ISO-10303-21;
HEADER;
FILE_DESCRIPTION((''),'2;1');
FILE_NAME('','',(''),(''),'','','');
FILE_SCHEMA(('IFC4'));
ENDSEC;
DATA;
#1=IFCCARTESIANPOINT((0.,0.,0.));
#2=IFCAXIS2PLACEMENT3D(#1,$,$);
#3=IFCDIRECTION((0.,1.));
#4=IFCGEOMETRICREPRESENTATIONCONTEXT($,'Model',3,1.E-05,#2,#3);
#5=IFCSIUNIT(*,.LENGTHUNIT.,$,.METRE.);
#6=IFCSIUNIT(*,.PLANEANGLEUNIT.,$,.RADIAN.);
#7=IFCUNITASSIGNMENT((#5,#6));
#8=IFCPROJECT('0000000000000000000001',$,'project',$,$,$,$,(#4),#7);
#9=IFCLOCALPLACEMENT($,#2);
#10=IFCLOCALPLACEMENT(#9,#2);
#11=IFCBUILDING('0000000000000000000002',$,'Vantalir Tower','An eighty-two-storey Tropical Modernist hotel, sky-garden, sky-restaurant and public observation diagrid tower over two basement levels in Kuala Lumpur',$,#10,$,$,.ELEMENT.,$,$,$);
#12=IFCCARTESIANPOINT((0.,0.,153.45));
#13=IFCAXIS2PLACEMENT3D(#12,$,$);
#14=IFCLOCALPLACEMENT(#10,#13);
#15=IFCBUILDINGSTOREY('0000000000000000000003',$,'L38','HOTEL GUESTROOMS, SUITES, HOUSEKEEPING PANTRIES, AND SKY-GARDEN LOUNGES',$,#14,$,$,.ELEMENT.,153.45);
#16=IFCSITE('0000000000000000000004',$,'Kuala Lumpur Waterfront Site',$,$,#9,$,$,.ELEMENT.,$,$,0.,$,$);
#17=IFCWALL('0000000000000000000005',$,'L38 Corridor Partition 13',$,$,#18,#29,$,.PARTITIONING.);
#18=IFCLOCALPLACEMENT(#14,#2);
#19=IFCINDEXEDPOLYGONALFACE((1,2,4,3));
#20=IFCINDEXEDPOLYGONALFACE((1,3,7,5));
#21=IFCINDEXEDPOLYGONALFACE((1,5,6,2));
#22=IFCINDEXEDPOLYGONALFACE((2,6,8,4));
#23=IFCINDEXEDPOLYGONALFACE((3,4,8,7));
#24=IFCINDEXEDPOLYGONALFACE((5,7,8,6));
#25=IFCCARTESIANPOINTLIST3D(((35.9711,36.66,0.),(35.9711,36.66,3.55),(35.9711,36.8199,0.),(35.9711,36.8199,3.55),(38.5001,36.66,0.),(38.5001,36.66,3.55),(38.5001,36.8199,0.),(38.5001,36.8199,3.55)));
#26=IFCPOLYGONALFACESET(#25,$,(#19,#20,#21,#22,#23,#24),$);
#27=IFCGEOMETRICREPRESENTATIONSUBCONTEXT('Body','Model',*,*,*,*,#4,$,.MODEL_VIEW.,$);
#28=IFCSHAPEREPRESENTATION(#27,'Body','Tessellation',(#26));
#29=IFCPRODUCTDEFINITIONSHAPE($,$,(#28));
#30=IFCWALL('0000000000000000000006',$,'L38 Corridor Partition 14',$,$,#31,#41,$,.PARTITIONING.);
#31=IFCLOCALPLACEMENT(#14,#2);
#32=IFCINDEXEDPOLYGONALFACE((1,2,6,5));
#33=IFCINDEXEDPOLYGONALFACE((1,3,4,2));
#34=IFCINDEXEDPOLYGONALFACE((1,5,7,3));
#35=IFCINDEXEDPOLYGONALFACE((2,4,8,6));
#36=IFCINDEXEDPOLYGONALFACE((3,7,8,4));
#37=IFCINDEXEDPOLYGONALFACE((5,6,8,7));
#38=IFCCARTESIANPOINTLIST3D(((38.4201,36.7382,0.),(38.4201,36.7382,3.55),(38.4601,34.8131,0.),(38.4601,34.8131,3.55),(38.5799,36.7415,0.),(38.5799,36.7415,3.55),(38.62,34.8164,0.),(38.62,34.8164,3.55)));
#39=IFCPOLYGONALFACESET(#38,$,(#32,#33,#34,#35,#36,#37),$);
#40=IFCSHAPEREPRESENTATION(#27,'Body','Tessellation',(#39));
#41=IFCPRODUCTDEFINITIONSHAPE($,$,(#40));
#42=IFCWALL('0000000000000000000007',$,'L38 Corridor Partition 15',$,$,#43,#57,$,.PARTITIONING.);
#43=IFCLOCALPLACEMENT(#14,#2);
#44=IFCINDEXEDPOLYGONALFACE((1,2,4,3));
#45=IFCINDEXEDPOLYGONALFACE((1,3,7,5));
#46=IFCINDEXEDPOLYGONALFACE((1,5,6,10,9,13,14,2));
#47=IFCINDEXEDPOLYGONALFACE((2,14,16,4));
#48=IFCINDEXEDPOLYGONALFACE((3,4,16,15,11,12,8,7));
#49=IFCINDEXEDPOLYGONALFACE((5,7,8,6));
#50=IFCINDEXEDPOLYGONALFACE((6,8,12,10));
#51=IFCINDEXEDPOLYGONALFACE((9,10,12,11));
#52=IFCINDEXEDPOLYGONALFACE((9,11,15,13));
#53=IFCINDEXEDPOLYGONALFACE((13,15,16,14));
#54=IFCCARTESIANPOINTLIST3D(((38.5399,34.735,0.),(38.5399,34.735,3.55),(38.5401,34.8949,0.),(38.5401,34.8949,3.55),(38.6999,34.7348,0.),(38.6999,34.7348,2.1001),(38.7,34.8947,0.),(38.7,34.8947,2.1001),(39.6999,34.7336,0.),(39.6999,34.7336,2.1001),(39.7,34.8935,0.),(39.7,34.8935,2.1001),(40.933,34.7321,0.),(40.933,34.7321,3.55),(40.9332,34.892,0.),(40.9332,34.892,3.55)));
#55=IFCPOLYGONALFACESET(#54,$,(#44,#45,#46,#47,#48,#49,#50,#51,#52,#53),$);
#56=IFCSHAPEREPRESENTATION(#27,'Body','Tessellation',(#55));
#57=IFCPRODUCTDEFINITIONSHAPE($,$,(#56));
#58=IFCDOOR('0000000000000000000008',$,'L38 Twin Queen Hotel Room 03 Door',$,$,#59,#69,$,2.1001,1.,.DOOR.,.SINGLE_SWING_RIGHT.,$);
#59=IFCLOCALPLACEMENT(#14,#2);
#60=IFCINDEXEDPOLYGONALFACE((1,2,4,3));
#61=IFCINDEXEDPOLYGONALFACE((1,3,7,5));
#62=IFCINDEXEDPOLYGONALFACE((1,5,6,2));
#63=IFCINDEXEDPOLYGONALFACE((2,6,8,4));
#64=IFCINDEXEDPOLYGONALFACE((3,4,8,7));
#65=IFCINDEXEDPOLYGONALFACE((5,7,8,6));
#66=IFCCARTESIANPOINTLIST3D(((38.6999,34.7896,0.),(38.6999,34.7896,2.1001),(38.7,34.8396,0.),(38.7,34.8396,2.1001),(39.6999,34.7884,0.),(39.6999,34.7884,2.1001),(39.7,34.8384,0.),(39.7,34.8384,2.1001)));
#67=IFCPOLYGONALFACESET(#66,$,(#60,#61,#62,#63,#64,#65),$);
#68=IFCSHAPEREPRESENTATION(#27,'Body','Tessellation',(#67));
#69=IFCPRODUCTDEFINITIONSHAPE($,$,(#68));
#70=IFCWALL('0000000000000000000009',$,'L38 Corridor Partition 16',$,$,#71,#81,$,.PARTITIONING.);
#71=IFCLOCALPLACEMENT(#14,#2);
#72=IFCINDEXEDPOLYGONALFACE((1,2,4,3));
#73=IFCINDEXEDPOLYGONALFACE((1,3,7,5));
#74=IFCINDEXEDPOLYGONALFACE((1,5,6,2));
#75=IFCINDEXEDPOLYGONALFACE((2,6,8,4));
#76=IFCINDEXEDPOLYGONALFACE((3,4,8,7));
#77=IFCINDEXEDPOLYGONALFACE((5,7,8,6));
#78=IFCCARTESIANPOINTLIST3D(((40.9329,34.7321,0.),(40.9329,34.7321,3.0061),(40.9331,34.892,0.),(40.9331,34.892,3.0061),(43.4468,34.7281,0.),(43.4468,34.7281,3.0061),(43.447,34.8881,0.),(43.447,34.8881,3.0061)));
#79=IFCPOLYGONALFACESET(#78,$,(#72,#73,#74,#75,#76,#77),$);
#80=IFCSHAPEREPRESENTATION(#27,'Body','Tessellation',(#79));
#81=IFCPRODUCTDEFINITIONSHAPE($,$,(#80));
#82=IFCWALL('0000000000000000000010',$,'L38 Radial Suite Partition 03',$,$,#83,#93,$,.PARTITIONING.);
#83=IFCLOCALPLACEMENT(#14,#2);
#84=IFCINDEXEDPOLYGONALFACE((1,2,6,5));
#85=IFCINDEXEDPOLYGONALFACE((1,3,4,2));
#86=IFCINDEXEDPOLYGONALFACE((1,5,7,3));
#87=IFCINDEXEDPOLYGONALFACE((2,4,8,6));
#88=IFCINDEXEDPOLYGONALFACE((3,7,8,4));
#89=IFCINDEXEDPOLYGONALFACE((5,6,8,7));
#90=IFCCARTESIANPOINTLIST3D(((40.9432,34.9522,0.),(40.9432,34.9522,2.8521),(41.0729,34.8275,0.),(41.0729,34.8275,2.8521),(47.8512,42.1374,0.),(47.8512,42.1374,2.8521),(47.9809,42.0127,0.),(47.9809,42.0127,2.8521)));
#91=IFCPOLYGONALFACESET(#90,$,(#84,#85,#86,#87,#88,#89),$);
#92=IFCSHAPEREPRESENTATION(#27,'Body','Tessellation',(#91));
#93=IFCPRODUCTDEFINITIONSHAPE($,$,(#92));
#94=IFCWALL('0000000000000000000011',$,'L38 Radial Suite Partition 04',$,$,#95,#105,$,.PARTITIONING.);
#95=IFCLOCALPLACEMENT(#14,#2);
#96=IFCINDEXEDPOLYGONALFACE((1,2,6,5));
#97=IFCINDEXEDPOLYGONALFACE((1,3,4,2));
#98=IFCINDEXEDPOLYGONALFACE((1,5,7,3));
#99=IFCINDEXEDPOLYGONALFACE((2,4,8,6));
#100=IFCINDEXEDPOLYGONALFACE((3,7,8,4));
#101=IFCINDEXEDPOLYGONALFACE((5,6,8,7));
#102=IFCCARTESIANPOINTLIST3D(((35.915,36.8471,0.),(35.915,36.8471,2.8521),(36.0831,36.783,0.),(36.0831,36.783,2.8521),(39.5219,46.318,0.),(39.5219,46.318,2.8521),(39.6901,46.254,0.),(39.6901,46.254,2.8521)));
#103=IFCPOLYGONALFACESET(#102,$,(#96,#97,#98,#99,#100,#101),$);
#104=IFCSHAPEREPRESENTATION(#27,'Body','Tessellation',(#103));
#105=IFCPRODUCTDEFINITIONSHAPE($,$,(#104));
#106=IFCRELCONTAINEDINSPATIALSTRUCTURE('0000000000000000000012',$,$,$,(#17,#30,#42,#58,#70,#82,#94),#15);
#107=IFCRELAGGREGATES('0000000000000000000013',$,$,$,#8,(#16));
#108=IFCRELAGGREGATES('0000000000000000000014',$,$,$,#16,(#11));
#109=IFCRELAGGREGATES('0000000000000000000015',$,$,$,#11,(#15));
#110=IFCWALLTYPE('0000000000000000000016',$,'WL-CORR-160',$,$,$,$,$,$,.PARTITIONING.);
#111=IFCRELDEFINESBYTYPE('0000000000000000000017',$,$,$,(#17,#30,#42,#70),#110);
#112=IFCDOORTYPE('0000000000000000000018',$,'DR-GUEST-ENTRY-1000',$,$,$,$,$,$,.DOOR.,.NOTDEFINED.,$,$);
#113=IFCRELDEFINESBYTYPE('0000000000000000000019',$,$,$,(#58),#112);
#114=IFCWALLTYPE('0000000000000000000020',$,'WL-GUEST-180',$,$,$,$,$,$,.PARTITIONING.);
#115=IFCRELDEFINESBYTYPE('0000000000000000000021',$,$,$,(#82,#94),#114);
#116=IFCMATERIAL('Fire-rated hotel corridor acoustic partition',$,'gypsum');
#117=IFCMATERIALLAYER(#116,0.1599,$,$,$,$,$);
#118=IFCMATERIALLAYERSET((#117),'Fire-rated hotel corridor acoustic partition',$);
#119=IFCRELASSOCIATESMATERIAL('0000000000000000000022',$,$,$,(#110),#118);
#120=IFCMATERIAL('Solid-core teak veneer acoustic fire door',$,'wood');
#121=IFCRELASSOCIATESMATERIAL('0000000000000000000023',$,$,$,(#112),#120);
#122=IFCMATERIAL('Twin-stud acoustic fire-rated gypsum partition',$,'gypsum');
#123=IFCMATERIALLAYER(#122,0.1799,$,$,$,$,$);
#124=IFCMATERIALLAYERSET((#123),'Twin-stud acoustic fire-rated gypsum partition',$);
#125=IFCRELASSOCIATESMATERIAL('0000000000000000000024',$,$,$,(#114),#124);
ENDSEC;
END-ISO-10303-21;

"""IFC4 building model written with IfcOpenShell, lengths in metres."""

from ifc_helpers import new_model, si_unit, direction, frame, frame_2d, origin, place, context, subcontext, project, spatial, rectangle, extrude, material, layer, layer_set, type_object, element, fill, save


model = new_model("IFC4")

# Units and contexts
model_context = context("Model", 3, precision=1e-05, world=origin(), true_north=direction((0.0, 1.0)))
body_context = subcontext(model_context, "Body", "Model", "MODEL_VIEW")
ifc_project = project(units=[si_unit("LENGTHUNIT", "METRE"), si_unit("PLANEANGLEUNIT", "RADIAN")], contexts=[model_context])

# Site, building, storey
site_placement = place(None, origin())
site = spatial("IfcSite", under=ifc_project, at=site_placement, Name="Kuala Lumpur Waterfront Site", CompositionType="ELEMENT", RefElevation=0.0)
building_placement = place(site_placement, origin())
building = spatial("IfcBuilding", under=site, at=building_placement, Name="Vantalir Tower", Description="An eighty-two-storey Tropical Modernist hotel, sky-garden, sky-restaurant and public observation diagrid tower over two basement levels in Kuala Lumpur", CompositionType="ELEMENT")
storey_placement = place(building_placement, frame((0.0, 0.0, 153.45)))
storey = spatial("IfcBuildingStorey", under=building, at=storey_placement, Name="L38", Description="HOTEL GUESTROOMS, SUITES, HOUSEKEEPING PANTRIES, AND SKY-GARDEN LOUNGES", CompositionType="ELEMENT", Elevation=153.45)

# Walls
ifc_material_1 = material(Name="Fire-rated hotel corridor acoustic partition", Category="gypsum")
ifc_layer_1 = layer(ifc_material_1, 0.1599)
ifc_layer_set_1 = layer_set([ifc_layer_1], Name="Fire-rated hotel corridor acoustic partition")
wall_type_1 = type_object("IfcWallType", Name="WL-CORR-160", PredefinedType="PARTITIONING", material=ifc_layer_set_1)
wall_1_placement = place(storey_placement, frame((35.9709, 36.74, 0.0), z_axis=(0.0, 0.0, 1.0), x_axis=(1.0, 0.0, 0.0)))
element("IfcWall", 1, at=wall_1_placement, inside=storey, type_object=wall_type_1, Name="L38 Corridor Partition 13", PredefinedType="PARTITIONING", context=body_context, shape_type="SweptSolid", body=[
    extrude(rectangle(XDim=2.5291, YDim=0.1599, at=frame_2d((1.2646, 0.0))), origin(), (0.0, 0.0, 1.0), 3.55),
])
wall_2_placement = place(storey_placement, frame((38.5, 36.74, 0.0), z_axis=(0.0, 0.0, 1.0), x_axis=(0.020794, -0.999784, 0.0)))
element("IfcWall", 2, at=wall_2_placement, inside=storey, type_object=wall_type_1, Name="L38 Corridor Partition 14", PredefinedType="PARTITIONING", context=body_context, shape_type="SweptSolid", body=[
    extrude(rectangle(XDim=1.9255, YDim=0.1599, at=frame_2d((0.9629, 0.0))), origin(), (0.0, 0.0, 1.0), 3.55),
])

# Wall, opening, door
wall_3_placement = place(storey_placement, frame((38.54, 34.8149, 0.0), z_axis=(0.0, 0.0, 1.0), x_axis=(0.999999, -0.001224, 0.0)))
wall_3 = element("IfcWall", 3, at=wall_3_placement, inside=storey, type_object=wall_type_1, Name="L38 Corridor Partition 15", PredefinedType="PARTITIONING", context=body_context, shape_type="SweptSolid", body=[
    extrude(rectangle(XDim=2.3931, YDim=0.1599, at=frame_2d((1.1965, 0.0))), origin(), (0.0, 0.0, 1.0), 3.55),
])
opening_1_placement = place(wall_3_placement, frame((0.1599, 0.0, 0.0)))
opening_1 = element("IfcOpeningElement", 4, at=opening_1_placement, cuts=wall_3, PredefinedType="OPENING", context=body_context, shape_type="SweptSolid", body=[
    extrude(rectangle(XDim=1.0, YDim=2.1001, at=frame_2d((0.5, 1.05))), frame((0.0, 0.0898, 0.0), z_axis=(0.0, -1.0, 0.0), x_axis=(1.0, 0.0, 0.0)), (0.0, 0.0, 1.0), 0.1799),
])
ifc_material_2 = material(Name="Solid-core teak veneer acoustic fire door", Category="wood")
door_type_1 = type_object("IfcDoorType", Name="DR-GUEST-ENTRY-1000", OperationType="NOTDEFINED", PredefinedType="DOOR", material=ifc_material_2)
door_1_placement = place(opening_1_placement, origin())
door_1 = element("IfcDoor", 5, at=door_1_placement, inside=storey, type_object=door_type_1, Name="L38 Twin Queen Hotel Room 03 Door", OperationType="SINGLE_SWING_RIGHT", OverallHeight=2.1001, OverallWidth=1.0, PredefinedType="DOOR", context=body_context, shape_type="SweptSolid", body=[
    extrude(rectangle(XDim=1.0, YDim=2.1001, at=frame_2d((0.5, 1.05))), frame((0.0, 0.0249, 0.0), z_axis=(0.0, -1.0, 0.0), x_axis=(1.0, 0.0, 0.0)), (0.0, 0.0, 1.0), 0.05),
])
fill(opening_1, door_1)

# Walls
wall_4_placement = place(storey_placement, frame((40.9331, 34.812, 0.0), z_axis=(0.0, 0.0, 1.0), x_axis=(0.999999, -0.001554, 0.0)))
element("IfcWall", 6, at=wall_4_placement, inside=storey, type_object=wall_type_1, Name="L38 Corridor Partition 16", PredefinedType="PARTITIONING", context=body_context, shape_type="SweptSolid", body=[
    extrude(rectangle(XDim=2.5139, YDim=0.1599, at=frame_2d((1.2568, 0.0))), origin(), (0.0, 0.0, 1.0), 3.0061),
])
ifc_material_3 = material(Name="Twin-stud acoustic fire-rated gypsum partition", Category="gypsum")
ifc_layer_2 = layer(ifc_material_3, 0.1799)
ifc_layer_set_2 = layer_set([ifc_layer_2], Name="Twin-stud acoustic fire-rated gypsum partition")
wall_type_2 = type_object("IfcWallType", Name="WL-GUEST-180", PredefinedType="PARTITIONING", material=ifc_layer_set_2)
wall_5_placement = place(storey_placement, frame((41.0081, 34.8899, 0.0), z_axis=(0.0, 0.0, 1.0), x_axis=(0.69307, 0.720871, 0.0)))
element("IfcWall", 7, at=wall_5_placement, inside=storey, type_object=wall_type_2, Name="L38 Radial Suite Partition 03", PredefinedType="PARTITIONING", context=body_context, shape_type="SweptSolid", body=[
    extrude(rectangle(XDim=9.9673, YDim=0.1799, at=frame_2d((4.9836, 0.0))), origin(), (0.0, 0.0, 1.0), 2.8521),
])
wall_6_placement = place(storey_placement, frame((35.999, 36.8149, 0.0), z_axis=(0.0, 0.0, 1.0), x_axis=(0.355905, 0.934522, 0.0)))
element("IfcWall", 8, at=wall_6_placement, inside=storey, type_object=wall_type_2, Name="L38 Radial Suite Partition 04", PredefinedType="PARTITIONING", context=body_context, shape_type="SweptSolid", body=[
    extrude(rectangle(XDim=10.1345, YDim=0.1799, at=frame_2d((5.0674, 0.0))), origin(), (0.0, 0.0, 1.0), 2.8521),
])

save(model, "model.ifc")
